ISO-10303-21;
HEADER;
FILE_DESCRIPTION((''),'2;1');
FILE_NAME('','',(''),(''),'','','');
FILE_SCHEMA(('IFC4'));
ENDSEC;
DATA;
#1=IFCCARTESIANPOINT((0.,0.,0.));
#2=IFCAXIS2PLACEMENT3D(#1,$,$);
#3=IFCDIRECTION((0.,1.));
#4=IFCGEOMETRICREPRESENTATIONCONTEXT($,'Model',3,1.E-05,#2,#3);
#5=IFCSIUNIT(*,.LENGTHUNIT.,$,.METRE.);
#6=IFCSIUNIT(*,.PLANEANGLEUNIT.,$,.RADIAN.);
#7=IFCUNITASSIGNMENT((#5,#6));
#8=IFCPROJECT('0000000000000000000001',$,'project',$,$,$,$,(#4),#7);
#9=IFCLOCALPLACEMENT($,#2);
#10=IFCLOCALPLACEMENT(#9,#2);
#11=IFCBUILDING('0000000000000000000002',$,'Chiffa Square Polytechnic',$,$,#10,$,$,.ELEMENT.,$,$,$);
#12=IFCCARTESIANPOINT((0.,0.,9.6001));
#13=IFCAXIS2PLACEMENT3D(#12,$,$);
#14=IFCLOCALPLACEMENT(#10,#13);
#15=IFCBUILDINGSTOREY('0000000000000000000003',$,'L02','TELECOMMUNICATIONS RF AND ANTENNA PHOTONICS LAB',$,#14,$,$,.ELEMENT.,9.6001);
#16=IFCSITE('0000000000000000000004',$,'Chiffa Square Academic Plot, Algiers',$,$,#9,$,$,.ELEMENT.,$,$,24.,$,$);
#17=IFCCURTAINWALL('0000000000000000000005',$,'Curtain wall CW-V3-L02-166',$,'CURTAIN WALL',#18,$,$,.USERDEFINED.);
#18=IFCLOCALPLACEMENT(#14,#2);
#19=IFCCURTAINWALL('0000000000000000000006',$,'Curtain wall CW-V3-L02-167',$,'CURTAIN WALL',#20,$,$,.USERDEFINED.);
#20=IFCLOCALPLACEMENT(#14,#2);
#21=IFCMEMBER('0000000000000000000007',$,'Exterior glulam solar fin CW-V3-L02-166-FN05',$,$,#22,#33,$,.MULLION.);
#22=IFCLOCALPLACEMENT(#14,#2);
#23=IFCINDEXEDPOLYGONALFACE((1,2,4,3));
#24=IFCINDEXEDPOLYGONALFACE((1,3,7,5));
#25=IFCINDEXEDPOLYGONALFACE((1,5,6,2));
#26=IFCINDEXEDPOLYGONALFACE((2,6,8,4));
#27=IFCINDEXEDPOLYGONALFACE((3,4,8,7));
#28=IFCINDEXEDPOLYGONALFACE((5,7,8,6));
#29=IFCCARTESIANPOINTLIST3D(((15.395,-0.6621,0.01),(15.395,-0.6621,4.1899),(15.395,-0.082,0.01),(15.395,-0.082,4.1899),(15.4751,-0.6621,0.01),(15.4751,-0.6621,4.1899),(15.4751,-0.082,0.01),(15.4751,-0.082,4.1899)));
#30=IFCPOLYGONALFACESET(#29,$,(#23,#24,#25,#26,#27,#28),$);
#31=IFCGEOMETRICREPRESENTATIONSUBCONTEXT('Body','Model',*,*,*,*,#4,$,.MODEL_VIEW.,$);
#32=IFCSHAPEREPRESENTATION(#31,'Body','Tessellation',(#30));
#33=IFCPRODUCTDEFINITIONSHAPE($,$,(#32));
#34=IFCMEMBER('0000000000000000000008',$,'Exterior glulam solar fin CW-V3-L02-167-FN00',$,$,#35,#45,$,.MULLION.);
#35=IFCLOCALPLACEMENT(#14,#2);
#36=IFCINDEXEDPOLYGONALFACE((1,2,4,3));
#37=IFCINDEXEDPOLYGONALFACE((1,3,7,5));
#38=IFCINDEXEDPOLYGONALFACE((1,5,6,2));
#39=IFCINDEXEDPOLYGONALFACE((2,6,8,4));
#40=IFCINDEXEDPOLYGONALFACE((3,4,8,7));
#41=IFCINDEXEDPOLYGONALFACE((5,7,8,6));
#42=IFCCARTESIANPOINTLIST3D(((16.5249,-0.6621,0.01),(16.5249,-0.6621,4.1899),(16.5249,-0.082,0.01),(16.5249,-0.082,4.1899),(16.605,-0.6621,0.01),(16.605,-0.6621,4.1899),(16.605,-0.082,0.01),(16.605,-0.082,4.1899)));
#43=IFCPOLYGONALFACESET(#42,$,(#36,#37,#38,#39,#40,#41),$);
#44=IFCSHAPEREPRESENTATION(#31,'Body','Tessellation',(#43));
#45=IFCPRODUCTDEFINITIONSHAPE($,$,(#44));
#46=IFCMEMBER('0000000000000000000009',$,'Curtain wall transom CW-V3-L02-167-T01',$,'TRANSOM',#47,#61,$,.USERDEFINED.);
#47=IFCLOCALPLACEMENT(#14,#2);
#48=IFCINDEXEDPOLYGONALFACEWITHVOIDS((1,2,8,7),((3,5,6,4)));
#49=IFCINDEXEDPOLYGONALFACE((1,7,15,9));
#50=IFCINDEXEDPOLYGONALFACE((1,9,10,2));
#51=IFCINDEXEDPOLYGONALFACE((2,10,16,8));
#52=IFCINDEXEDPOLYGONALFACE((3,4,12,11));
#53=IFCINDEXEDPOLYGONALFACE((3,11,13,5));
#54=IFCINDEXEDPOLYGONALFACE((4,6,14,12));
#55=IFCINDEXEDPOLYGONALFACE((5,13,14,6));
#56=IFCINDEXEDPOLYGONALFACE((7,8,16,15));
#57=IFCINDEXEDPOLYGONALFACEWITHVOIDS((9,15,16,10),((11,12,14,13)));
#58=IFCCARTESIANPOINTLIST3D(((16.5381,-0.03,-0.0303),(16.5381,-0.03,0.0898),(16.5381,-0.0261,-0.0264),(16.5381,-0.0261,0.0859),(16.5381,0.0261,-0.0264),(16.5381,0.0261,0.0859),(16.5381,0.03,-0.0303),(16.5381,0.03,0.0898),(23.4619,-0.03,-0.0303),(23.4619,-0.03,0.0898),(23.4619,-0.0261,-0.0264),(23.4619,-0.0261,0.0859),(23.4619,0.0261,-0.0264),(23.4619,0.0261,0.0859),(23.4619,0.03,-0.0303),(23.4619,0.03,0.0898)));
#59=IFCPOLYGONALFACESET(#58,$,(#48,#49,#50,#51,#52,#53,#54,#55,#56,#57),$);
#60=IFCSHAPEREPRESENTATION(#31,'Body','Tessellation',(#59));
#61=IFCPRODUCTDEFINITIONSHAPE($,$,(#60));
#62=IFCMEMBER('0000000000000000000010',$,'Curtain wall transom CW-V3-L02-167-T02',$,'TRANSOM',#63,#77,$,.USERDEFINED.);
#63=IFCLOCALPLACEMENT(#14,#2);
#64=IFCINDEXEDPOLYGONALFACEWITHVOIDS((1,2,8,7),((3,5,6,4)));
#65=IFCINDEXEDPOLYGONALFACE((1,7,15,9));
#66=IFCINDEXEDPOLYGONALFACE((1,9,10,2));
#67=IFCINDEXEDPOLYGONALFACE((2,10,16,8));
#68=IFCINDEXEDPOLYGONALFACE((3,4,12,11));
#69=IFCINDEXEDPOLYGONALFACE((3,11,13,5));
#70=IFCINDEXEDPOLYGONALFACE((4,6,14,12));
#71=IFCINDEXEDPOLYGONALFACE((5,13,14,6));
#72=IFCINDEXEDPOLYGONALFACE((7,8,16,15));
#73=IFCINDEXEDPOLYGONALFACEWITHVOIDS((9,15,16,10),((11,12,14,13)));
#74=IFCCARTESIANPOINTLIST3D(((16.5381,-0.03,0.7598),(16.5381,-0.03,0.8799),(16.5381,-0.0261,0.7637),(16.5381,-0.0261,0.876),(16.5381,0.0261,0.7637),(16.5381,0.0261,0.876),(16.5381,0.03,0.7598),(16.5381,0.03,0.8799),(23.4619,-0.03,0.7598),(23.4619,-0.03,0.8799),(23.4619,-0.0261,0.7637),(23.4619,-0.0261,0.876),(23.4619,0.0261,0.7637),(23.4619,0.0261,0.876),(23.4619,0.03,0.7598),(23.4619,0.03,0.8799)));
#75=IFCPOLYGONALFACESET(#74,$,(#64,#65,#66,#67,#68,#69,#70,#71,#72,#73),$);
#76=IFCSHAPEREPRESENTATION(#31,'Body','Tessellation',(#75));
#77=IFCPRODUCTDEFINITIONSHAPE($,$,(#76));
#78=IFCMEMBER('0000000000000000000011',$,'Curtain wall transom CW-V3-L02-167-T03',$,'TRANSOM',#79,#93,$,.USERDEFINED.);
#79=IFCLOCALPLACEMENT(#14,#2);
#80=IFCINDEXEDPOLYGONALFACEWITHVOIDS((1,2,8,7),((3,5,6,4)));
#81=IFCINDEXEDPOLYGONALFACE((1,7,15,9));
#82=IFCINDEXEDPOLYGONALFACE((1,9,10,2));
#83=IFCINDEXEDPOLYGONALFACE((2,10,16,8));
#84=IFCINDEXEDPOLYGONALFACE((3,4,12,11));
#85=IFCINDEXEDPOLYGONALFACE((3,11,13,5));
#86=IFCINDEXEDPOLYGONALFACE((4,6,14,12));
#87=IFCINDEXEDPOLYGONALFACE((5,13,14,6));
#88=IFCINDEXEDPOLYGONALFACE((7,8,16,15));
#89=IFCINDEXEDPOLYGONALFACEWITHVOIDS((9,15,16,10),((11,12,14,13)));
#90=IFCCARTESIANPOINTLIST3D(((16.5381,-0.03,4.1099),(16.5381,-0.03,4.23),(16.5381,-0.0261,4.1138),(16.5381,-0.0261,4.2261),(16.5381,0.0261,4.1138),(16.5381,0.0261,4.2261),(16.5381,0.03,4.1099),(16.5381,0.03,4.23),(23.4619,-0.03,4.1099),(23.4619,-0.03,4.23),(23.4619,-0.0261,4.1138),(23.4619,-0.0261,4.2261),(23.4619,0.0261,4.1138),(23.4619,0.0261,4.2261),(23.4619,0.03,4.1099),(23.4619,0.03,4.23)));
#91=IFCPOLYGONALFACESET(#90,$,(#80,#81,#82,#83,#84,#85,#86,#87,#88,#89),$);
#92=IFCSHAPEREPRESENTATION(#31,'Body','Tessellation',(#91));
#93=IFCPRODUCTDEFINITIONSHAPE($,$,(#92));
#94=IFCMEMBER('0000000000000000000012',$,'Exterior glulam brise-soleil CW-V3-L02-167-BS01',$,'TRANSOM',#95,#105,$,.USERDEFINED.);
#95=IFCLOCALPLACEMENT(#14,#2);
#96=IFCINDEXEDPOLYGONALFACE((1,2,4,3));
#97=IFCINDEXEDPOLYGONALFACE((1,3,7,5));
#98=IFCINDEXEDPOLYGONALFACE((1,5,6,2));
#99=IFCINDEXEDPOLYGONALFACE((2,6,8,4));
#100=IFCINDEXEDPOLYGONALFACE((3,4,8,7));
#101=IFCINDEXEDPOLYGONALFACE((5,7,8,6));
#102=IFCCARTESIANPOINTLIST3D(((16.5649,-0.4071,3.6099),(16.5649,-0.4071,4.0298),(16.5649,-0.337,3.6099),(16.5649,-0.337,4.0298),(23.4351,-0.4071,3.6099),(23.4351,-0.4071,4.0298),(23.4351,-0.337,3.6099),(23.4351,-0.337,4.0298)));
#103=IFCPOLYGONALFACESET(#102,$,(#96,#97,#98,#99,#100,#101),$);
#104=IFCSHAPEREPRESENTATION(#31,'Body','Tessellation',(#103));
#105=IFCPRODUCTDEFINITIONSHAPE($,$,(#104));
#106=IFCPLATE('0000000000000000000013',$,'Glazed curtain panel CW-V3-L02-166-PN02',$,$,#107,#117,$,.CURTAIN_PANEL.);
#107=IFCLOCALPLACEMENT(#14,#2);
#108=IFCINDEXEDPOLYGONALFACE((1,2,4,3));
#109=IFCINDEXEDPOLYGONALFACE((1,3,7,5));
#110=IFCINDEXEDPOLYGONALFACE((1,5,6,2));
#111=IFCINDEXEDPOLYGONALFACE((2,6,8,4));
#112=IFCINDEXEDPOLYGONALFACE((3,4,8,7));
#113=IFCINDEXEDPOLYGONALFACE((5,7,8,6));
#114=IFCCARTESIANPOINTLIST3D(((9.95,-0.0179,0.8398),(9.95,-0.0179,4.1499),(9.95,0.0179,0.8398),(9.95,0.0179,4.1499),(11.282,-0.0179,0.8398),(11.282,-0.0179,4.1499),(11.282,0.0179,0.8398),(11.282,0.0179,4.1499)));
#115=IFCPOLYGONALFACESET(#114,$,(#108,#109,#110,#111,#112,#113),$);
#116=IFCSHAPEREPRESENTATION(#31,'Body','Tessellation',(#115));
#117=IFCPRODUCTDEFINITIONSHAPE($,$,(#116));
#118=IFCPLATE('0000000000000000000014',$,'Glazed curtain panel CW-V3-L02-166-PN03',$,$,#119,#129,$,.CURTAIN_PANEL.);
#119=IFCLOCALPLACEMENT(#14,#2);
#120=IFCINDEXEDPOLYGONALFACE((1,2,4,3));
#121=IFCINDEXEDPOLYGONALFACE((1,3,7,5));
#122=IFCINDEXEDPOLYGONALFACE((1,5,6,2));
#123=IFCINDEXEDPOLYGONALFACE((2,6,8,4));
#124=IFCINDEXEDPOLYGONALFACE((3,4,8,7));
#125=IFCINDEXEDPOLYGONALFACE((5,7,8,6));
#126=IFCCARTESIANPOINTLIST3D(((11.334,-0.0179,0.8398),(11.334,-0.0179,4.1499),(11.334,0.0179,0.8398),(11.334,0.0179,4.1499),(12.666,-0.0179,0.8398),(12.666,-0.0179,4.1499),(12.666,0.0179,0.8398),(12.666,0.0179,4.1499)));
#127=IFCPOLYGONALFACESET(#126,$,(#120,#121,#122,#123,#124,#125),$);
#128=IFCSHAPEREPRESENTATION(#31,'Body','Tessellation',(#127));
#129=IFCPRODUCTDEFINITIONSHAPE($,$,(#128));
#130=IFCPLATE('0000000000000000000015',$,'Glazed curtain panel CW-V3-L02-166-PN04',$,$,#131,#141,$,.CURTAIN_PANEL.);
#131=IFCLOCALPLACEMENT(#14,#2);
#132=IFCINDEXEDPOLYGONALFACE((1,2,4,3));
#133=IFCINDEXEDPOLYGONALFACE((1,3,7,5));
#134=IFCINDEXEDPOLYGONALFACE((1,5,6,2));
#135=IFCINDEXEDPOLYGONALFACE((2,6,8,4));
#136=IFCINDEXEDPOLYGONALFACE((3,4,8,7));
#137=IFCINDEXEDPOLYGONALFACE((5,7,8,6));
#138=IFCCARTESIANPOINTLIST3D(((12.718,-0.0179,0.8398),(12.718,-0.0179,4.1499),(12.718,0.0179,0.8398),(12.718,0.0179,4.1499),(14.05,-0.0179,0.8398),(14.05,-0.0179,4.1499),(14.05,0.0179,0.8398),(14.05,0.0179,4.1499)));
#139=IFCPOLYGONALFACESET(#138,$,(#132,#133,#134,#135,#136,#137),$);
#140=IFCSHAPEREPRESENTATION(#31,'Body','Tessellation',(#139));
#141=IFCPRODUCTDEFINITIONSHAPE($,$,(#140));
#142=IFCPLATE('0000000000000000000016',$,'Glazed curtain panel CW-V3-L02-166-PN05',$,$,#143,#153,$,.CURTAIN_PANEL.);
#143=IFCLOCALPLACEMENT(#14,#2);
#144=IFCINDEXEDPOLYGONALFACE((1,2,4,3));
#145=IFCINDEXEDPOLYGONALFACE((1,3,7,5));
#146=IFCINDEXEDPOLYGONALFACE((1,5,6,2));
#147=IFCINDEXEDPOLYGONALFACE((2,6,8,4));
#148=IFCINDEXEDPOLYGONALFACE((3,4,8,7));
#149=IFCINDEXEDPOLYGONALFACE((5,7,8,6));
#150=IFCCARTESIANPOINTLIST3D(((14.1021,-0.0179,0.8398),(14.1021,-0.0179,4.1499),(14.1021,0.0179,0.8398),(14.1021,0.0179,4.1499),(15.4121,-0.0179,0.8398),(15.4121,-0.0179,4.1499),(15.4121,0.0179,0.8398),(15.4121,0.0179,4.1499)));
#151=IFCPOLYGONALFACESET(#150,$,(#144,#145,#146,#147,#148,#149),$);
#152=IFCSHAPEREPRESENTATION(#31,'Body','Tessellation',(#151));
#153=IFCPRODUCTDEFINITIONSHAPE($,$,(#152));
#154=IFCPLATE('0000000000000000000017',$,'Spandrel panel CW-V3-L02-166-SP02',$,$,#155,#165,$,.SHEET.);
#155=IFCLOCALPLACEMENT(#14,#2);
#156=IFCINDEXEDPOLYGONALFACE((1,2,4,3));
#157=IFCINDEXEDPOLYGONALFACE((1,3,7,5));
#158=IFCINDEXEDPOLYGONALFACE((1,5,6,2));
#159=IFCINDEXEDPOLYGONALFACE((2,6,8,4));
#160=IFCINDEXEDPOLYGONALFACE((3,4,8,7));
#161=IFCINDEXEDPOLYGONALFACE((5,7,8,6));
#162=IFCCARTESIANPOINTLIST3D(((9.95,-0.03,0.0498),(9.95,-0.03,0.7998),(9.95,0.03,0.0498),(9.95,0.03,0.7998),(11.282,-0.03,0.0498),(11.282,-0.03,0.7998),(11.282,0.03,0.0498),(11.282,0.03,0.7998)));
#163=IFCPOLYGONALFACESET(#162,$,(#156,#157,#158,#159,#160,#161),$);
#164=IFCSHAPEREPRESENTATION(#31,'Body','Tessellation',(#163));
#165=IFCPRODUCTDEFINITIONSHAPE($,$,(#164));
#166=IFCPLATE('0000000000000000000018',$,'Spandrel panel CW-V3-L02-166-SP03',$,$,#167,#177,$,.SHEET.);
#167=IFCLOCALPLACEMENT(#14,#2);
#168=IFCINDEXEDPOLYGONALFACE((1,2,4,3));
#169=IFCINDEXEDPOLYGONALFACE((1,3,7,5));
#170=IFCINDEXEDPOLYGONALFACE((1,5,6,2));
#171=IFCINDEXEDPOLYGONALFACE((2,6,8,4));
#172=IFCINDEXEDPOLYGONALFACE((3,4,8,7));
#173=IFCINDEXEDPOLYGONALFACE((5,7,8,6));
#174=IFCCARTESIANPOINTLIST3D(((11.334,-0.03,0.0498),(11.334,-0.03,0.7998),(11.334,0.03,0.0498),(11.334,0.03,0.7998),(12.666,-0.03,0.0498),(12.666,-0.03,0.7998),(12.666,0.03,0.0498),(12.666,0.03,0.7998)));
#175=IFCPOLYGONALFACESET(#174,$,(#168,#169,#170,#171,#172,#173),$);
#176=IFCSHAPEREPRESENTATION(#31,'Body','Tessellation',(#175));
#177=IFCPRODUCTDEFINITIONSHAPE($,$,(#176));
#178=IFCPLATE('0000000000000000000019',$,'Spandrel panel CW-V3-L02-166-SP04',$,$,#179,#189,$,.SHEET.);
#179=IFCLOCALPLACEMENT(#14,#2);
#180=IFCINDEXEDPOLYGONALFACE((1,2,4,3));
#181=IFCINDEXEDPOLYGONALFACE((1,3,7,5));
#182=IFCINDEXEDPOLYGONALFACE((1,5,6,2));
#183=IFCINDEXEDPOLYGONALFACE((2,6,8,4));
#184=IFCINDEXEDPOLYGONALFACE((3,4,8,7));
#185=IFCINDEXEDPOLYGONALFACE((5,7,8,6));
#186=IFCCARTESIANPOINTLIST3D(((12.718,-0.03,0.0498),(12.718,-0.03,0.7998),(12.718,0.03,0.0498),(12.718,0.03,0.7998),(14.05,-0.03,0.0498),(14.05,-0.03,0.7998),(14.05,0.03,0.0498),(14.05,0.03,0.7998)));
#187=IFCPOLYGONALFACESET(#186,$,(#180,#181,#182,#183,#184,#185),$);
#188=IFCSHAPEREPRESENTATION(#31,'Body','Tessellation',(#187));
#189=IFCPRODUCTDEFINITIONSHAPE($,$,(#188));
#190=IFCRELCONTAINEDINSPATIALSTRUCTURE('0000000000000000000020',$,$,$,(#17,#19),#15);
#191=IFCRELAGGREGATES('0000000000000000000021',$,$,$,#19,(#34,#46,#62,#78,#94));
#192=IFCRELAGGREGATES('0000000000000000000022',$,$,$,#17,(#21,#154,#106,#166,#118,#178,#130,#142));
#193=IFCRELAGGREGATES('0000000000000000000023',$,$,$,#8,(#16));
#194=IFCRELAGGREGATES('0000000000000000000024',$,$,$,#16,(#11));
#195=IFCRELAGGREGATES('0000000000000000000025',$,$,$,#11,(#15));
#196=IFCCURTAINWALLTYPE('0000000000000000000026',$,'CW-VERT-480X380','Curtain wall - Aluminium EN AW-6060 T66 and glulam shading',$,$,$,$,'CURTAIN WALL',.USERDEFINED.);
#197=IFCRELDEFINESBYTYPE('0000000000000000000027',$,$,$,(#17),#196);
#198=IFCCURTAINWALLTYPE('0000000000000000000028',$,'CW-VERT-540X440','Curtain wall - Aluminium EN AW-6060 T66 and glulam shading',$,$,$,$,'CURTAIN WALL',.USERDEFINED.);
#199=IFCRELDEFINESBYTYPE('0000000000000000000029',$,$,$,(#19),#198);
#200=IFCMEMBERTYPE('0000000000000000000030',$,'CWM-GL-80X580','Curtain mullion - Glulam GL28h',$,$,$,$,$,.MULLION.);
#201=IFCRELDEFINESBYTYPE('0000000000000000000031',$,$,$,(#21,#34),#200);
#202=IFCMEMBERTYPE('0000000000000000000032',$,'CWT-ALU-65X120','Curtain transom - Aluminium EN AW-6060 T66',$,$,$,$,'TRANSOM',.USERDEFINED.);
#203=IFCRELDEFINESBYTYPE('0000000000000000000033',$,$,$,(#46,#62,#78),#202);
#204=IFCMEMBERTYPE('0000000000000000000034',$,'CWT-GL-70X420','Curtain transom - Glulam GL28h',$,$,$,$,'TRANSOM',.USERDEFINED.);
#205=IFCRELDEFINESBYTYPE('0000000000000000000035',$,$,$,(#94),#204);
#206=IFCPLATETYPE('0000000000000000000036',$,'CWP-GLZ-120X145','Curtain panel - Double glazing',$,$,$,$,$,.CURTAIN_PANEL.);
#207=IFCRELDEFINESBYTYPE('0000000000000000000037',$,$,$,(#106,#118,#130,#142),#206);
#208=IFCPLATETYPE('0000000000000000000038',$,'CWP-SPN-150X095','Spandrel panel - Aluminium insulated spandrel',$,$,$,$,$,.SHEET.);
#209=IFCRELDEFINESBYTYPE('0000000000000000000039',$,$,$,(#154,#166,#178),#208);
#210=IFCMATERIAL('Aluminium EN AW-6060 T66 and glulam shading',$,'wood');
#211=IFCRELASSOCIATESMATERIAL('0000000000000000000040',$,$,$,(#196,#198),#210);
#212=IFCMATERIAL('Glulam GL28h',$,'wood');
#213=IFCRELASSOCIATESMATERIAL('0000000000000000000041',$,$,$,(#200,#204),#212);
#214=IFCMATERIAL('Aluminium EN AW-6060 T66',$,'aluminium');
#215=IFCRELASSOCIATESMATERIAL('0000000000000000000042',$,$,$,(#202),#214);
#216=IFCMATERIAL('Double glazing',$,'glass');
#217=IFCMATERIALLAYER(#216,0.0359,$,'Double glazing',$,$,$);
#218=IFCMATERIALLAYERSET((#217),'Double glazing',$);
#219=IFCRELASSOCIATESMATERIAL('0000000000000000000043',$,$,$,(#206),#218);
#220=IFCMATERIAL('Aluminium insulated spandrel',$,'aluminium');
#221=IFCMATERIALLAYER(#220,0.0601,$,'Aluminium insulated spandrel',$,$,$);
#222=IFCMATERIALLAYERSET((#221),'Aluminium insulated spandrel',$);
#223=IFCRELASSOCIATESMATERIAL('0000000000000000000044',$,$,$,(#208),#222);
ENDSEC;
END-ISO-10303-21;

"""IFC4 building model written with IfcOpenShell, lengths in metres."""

from ifc_helpers import new_model, si_unit, direction, frame, origin, origin_2d, place, context, subcontext, project, spatial, rectangle, hollow_rectangle, extrude, material, layer, layer_set, material_profile, profile_set, type_object, element, aggregate, save


model = new_model("IFC4")

# Units and contexts
model_context = context("Model", 3, precision=1e-05, world=origin(), true_north=direction((0.0, 1.0)))
body_context = subcontext(model_context, "Body", "Model", "MODEL_VIEW")
ifc_project = project(units=[si_unit("LENGTHUNIT", "METRE"), si_unit("PLANEANGLEUNIT", "RADIAN")], contexts=[model_context])

# Site, building, storey
site_placement = place(None, origin())
site = spatial("IfcSite", under=ifc_project, at=site_placement, Name="Chiffa Square Academic Plot, Algiers", CompositionType="ELEMENT", RefElevation=24.0)
building_placement = place(site_placement, origin())
building = spatial("IfcBuilding", under=site, at=building_placement, Name="Chiffa Square Polytechnic", CompositionType="ELEMENT")
storey_placement = place(building_placement, frame((0.0, 0.0, 9.6001)))
storey = spatial("IfcBuildingStorey", under=building, at=storey_placement, Name="L02", Description="TELECOMMUNICATIONS RF AND ANTENNA PHOTONICS LAB", CompositionType="ELEMENT", Elevation=9.6001)

# Curtain wall
ifc_material_1 = material(Name="Aluminium EN AW-6060 T66 and glulam shading", Category="wood")
curtain_wall_type_1 = type_object("IfcCurtainWallType", Name="CW-VERT-480X380", Description="Curtain wall - Aluminium EN AW-6060 T66 and glulam shading", ElementType="CURTAIN WALL", PredefinedType="USERDEFINED", material=ifc_material_1)
curtain_wall_1_placement = place(storey_placement, origin())
curtain_wall_1 = element("IfcCurtainWall", 1, at=curtain_wall_1_placement, inside=storey, type_object=curtain_wall_type_1, Name="Curtain wall CW-V3-L02-166", ObjectType="CURTAIN WALL", PredefinedType="USERDEFINED")
ifc_material_2 = material(Name="Aluminium EN AW-6060 T66", Category="aluminium")

# Curtain wall
curtain_wall_type_2 = type_object("IfcCurtainWallType", Name="CW-VERT-540X440", Description="Curtain wall - Aluminium EN AW-6060 T66 and glulam shading", ElementType="CURTAIN WALL", PredefinedType="USERDEFINED", material=ifc_material_1)
curtain_wall_2_placement = place(storey_placement, origin())
curtain_wall_2 = element("IfcCurtainWall", 2, at=curtain_wall_2_placement, inside=storey, type_object=curtain_wall_type_2, Name="Curtain wall CW-V3-L02-167", ObjectType="CURTAIN WALL", PredefinedType="USERDEFINED")

# Members
ifc_material_3 = material(Name="Glulam GL28h", Category="wood")
ifc_material_profile_1 = material_profile(ifc_material_3, rectangle(XDim=0.0801, YDim=0.5801, at=origin_2d()), Name="GL28h 80x580")
ifc_profile_set_1 = profile_set([ifc_material_profile_1], Name="Glulam GL28h")
member_type_1 = type_object("IfcMemberType", Name="CWM-GL-80X580", Description="Curtain mullion - Glulam GL28h", PredefinedType="MULLION", material=ifc_profile_set_1)
member_1_placement = place(storey_placement, frame((15.4351, -0.3721, 0.01), z_axis=(0.0, 0.0, 1.0), x_axis=(1.0, 0.0, 0.0)))
member_1 = element("IfcMember", 3, at=member_1_placement, type_object=member_type_1, Name="Exterior glulam solar fin CW-V3-L02-166-FN05", PredefinedType="MULLION", context=body_context, shape_type="SweptSolid", body=[
    extrude(rectangle(XDim=0.0801, YDim=0.5801, at=origin_2d()), origin(), (0.0, 0.0, 1.0), 4.1799),
])
member_2_placement = place(storey_placement, frame((16.5649, -0.3721, 0.01), z_axis=(0.0, 0.0, 1.0), x_axis=(1.0, 0.0, 0.0)))
member_2 = element("IfcMember", 4, at=member_2_placement, type_object=member_type_1, Name="Exterior glulam solar fin CW-V3-L02-167-FN00", PredefinedType="MULLION", context=body_context, shape_type="SweptSolid", body=[
    extrude(rectangle(XDim=0.0801, YDim=0.5801, at=origin_2d()), origin(), (0.0, 0.0, 1.0), 4.1799),
])
ifc_material_profile_2 = material_profile(ifc_material_2, hollow_rectangle(XDim=0.0601, YDim=0.1201, WallThickness=0.0039, at=origin_2d()), Name="ALU 60x120x4")
ifc_profile_set_2 = profile_set([ifc_material_profile_2], Name="Aluminium EN AW-6060 T66")
member_type_2 = type_object("IfcMemberType", Name="CWT-ALU-65X120", Description="Curtain transom - Aluminium EN AW-6060 T66", ElementType="TRANSOM", PredefinedType="USERDEFINED", material=ifc_profile_set_2)
member_3_placement = place(storey_placement, frame((16.5381, 0.0, 0.0298), z_axis=(1.0, 0.0, 0.0), x_axis=(0.0, 1.0, 0.0)))
member_3 = element("IfcMember", 5, at=member_3_placement, type_object=member_type_2, Name="Curtain wall transom CW-V3-L02-167-T01", ObjectType="TRANSOM", PredefinedType="USERDEFINED", context=body_context, shape_type="SweptSolid", body=[
    extrude(hollow_rectangle(XDim=0.0601, YDim=0.1201, WallThickness=0.0039, at=origin_2d()), origin(), (0.0, 0.0, 1.0), 6.9238),
])
member_4_placement = place(storey_placement, frame((16.5381, 0.0, 0.8198), z_axis=(1.0, 0.0, 0.0), x_axis=(0.0, 1.0, 0.0)))
member_4 = element("IfcMember", 6, at=member_4_placement, type_object=member_type_2, Name="Curtain wall transom CW-V3-L02-167-T02", ObjectType="TRANSOM", PredefinedType="USERDEFINED", context=body_context, shape_type="SweptSolid", body=[
    extrude(hollow_rectangle(XDim=0.0601, YDim=0.1201, WallThickness=0.0039, at=origin_2d()), origin(), (0.0, 0.0, 1.0), 6.9238),
])
member_5_placement = place(storey_placement, frame((16.5381, 0.0, 4.1699), z_axis=(1.0, 0.0, 0.0), x_axis=(0.0, 1.0, 0.0)))
member_5 = element("IfcMember", 7, at=member_5_placement, type_object=member_type_2, Name="Curtain wall transom CW-V3-L02-167-T03", ObjectType="TRANSOM", PredefinedType="USERDEFINED", context=body_context, shape_type="SweptSolid", body=[
    extrude(hollow_rectangle(XDim=0.0601, YDim=0.1201, WallThickness=0.0039, at=origin_2d()), origin(), (0.0, 0.0, 1.0), 6.9238),
])
ifc_material_profile_3 = material_profile(ifc_material_3, rectangle(XDim=0.0701, YDim=0.4199, at=origin_2d()), Name="GL28h 70x420")
ifc_profile_set_3 = profile_set([ifc_material_profile_3], Name="Glulam GL28h")
member_type_3 = type_object("IfcMemberType", Name="CWT-GL-70X420", Description="Curtain transom - Glulam GL28h", ElementType="TRANSOM", PredefinedType="USERDEFINED", material=ifc_profile_set_3)
member_6_placement = place(storey_placement, frame((16.5649, -0.3721, 3.8198), z_axis=(1.0, 0.0, 0.0), x_axis=(0.0, 1.0, 0.0)))
member_6 = element("IfcMember", 8, at=member_6_placement, type_object=member_type_3, Name="Exterior glulam brise-soleil CW-V3-L02-167-BS01", ObjectType="TRANSOM", PredefinedType="USERDEFINED", context=body_context, shape_type="SweptSolid", body=[
    extrude(rectangle(XDim=0.0701, YDim=0.4199, at=origin_2d()), origin(), (0.0, 0.0, 1.0), 6.8701),
])
aggregate(curtain_wall_2, [member_2, member_3, member_4, member_5, member_6])

# Plates
ifc_material_4 = material(Name="Double glazing", Category="glass")
ifc_layer_1 = layer(ifc_material_4, 0.0359, Name="Double glazing")
ifc_layer_set_1 = layer_set([ifc_layer_1], Name="Double glazing")
plate_type_1 = type_object("IfcPlateType", Name="CWP-GLZ-120X145", Description="Curtain panel - Double glazing", PredefinedType="CURTAIN_PANEL", material=ifc_layer_set_1)
plate_1_placement = place(storey_placement, frame((10.616, 0.0, 0.8398), z_axis=(0.0, 0.0, 1.0), x_axis=(1.0, 0.0, 0.0)))
plate_1 = element("IfcPlate", 9, at=plate_1_placement, type_object=plate_type_1, Name="Glazed curtain panel CW-V3-L02-166-PN02", PredefinedType="CURTAIN_PANEL", context=body_context, shape_type="SweptSolid", body=[
    extrude(rectangle(XDim=1.332, YDim=0.0359, at=origin_2d()), origin(), (0.0, 0.0, 1.0), 3.3101),
])
plate_2_placement = place(storey_placement, frame((12.0, 0.0, 0.8398), z_axis=(0.0, 0.0, 1.0), x_axis=(1.0, 0.0, 0.0)))
plate_2 = element("IfcPlate", 10, at=plate_2_placement, type_object=plate_type_1, Name="Glazed curtain panel CW-V3-L02-166-PN03", PredefinedType="CURTAIN_PANEL", context=body_context, shape_type="SweptSolid", body=[
    extrude(rectangle(XDim=1.332, YDim=0.0359, at=origin_2d()), origin(), (0.0, 0.0, 1.0), 3.3101),
])
plate_3_placement = place(storey_placement, frame((13.384, 0.0, 0.8398), z_axis=(0.0, 0.0, 1.0), x_axis=(1.0, 0.0, 0.0)))
plate_3 = element("IfcPlate", 11, at=plate_3_placement, type_object=plate_type_1, Name="Glazed curtain panel CW-V3-L02-166-PN04", PredefinedType="CURTAIN_PANEL", context=body_context, shape_type="SweptSolid", body=[
    extrude(rectangle(XDim=1.332, YDim=0.0359, at=origin_2d()), origin(), (0.0, 0.0, 1.0), 3.3101),
])
plate_4_placement = place(storey_placement, frame((14.7571, 0.0, 0.8398), z_axis=(0.0, 0.0, 1.0), x_axis=(1.0, 0.0, 0.0)))
plate_4 = element("IfcPlate", 12, at=plate_4_placement, type_object=plate_type_1, Name="Glazed curtain panel CW-V3-L02-166-PN05", PredefinedType="CURTAIN_PANEL", context=body_context, shape_type="SweptSolid", body=[
    extrude(rectangle(XDim=1.3101, YDim=0.0359, at=origin_2d()), origin(), (0.0, 0.0, 1.0), 3.3101),
])
ifc_material_5 = material(Name="Aluminium insulated spandrel", Category="aluminium")
ifc_layer_2 = layer(ifc_material_5, 0.0601, Name="Aluminium insulated spandrel")
ifc_layer_set_2 = layer_set([ifc_layer_2], Name="Aluminium insulated spandrel")
plate_type_2 = type_object("IfcPlateType", Name="CWP-SPN-150X095", Description="Spandrel panel - Aluminium insulated spandrel", PredefinedType="SHEET", material=ifc_layer_set_2)
plate_5_placement = place(storey_placement, frame((10.616, 0.0, 0.0498), z_axis=(0.0, 0.0, 1.0), x_axis=(1.0, 0.0, 0.0)))
plate_5 = element("IfcPlate", 13, at=plate_5_placement, type_object=plate_type_2, Name="Spandrel panel CW-V3-L02-166-SP02", PredefinedType="SHEET", context=body_context, shape_type="SweptSolid", body=[
    extrude(rectangle(XDim=1.332, YDim=0.0601, at=origin_2d()), origin(), (0.0, 0.0, 1.0), 0.75),
])
plate_6_placement = place(storey_placement, frame((12.0, 0.0, 0.0498), z_axis=(0.0, 0.0, 1.0), x_axis=(1.0, 0.0, 0.0)))
plate_6 = element("IfcPlate", 14, at=plate_6_placement, type_object=plate_type_2, Name="Spandrel panel CW-V3-L02-166-SP03", PredefinedType="SHEET", context=body_context, shape_type="SweptSolid", body=[
    extrude(rectangle(XDim=1.332, YDim=0.0601, at=origin_2d()), origin(), (0.0, 0.0, 1.0), 0.75),
])
plate_7_placement = place(storey_placement, frame((13.384, 0.0, 0.0498), z_axis=(0.0, 0.0, 1.0), x_axis=(1.0, 0.0, 0.0)))
plate_7 = element("IfcPlate", 15, at=plate_7_placement, type_object=plate_type_2, Name="Spandrel panel CW-V3-L02-166-SP04", PredefinedType="SHEET", context=body_context, shape_type="SweptSolid", body=[
    extrude(rectangle(XDim=1.332, YDim=0.0601, at=origin_2d()), origin(), (0.0, 0.0, 1.0), 0.75),
])
aggregate(curtain_wall_1, [member_1, plate_5, plate_1, plate_6, plate_2, plate_7, plate_3, plate_4])

save(model, "model.ifc")
